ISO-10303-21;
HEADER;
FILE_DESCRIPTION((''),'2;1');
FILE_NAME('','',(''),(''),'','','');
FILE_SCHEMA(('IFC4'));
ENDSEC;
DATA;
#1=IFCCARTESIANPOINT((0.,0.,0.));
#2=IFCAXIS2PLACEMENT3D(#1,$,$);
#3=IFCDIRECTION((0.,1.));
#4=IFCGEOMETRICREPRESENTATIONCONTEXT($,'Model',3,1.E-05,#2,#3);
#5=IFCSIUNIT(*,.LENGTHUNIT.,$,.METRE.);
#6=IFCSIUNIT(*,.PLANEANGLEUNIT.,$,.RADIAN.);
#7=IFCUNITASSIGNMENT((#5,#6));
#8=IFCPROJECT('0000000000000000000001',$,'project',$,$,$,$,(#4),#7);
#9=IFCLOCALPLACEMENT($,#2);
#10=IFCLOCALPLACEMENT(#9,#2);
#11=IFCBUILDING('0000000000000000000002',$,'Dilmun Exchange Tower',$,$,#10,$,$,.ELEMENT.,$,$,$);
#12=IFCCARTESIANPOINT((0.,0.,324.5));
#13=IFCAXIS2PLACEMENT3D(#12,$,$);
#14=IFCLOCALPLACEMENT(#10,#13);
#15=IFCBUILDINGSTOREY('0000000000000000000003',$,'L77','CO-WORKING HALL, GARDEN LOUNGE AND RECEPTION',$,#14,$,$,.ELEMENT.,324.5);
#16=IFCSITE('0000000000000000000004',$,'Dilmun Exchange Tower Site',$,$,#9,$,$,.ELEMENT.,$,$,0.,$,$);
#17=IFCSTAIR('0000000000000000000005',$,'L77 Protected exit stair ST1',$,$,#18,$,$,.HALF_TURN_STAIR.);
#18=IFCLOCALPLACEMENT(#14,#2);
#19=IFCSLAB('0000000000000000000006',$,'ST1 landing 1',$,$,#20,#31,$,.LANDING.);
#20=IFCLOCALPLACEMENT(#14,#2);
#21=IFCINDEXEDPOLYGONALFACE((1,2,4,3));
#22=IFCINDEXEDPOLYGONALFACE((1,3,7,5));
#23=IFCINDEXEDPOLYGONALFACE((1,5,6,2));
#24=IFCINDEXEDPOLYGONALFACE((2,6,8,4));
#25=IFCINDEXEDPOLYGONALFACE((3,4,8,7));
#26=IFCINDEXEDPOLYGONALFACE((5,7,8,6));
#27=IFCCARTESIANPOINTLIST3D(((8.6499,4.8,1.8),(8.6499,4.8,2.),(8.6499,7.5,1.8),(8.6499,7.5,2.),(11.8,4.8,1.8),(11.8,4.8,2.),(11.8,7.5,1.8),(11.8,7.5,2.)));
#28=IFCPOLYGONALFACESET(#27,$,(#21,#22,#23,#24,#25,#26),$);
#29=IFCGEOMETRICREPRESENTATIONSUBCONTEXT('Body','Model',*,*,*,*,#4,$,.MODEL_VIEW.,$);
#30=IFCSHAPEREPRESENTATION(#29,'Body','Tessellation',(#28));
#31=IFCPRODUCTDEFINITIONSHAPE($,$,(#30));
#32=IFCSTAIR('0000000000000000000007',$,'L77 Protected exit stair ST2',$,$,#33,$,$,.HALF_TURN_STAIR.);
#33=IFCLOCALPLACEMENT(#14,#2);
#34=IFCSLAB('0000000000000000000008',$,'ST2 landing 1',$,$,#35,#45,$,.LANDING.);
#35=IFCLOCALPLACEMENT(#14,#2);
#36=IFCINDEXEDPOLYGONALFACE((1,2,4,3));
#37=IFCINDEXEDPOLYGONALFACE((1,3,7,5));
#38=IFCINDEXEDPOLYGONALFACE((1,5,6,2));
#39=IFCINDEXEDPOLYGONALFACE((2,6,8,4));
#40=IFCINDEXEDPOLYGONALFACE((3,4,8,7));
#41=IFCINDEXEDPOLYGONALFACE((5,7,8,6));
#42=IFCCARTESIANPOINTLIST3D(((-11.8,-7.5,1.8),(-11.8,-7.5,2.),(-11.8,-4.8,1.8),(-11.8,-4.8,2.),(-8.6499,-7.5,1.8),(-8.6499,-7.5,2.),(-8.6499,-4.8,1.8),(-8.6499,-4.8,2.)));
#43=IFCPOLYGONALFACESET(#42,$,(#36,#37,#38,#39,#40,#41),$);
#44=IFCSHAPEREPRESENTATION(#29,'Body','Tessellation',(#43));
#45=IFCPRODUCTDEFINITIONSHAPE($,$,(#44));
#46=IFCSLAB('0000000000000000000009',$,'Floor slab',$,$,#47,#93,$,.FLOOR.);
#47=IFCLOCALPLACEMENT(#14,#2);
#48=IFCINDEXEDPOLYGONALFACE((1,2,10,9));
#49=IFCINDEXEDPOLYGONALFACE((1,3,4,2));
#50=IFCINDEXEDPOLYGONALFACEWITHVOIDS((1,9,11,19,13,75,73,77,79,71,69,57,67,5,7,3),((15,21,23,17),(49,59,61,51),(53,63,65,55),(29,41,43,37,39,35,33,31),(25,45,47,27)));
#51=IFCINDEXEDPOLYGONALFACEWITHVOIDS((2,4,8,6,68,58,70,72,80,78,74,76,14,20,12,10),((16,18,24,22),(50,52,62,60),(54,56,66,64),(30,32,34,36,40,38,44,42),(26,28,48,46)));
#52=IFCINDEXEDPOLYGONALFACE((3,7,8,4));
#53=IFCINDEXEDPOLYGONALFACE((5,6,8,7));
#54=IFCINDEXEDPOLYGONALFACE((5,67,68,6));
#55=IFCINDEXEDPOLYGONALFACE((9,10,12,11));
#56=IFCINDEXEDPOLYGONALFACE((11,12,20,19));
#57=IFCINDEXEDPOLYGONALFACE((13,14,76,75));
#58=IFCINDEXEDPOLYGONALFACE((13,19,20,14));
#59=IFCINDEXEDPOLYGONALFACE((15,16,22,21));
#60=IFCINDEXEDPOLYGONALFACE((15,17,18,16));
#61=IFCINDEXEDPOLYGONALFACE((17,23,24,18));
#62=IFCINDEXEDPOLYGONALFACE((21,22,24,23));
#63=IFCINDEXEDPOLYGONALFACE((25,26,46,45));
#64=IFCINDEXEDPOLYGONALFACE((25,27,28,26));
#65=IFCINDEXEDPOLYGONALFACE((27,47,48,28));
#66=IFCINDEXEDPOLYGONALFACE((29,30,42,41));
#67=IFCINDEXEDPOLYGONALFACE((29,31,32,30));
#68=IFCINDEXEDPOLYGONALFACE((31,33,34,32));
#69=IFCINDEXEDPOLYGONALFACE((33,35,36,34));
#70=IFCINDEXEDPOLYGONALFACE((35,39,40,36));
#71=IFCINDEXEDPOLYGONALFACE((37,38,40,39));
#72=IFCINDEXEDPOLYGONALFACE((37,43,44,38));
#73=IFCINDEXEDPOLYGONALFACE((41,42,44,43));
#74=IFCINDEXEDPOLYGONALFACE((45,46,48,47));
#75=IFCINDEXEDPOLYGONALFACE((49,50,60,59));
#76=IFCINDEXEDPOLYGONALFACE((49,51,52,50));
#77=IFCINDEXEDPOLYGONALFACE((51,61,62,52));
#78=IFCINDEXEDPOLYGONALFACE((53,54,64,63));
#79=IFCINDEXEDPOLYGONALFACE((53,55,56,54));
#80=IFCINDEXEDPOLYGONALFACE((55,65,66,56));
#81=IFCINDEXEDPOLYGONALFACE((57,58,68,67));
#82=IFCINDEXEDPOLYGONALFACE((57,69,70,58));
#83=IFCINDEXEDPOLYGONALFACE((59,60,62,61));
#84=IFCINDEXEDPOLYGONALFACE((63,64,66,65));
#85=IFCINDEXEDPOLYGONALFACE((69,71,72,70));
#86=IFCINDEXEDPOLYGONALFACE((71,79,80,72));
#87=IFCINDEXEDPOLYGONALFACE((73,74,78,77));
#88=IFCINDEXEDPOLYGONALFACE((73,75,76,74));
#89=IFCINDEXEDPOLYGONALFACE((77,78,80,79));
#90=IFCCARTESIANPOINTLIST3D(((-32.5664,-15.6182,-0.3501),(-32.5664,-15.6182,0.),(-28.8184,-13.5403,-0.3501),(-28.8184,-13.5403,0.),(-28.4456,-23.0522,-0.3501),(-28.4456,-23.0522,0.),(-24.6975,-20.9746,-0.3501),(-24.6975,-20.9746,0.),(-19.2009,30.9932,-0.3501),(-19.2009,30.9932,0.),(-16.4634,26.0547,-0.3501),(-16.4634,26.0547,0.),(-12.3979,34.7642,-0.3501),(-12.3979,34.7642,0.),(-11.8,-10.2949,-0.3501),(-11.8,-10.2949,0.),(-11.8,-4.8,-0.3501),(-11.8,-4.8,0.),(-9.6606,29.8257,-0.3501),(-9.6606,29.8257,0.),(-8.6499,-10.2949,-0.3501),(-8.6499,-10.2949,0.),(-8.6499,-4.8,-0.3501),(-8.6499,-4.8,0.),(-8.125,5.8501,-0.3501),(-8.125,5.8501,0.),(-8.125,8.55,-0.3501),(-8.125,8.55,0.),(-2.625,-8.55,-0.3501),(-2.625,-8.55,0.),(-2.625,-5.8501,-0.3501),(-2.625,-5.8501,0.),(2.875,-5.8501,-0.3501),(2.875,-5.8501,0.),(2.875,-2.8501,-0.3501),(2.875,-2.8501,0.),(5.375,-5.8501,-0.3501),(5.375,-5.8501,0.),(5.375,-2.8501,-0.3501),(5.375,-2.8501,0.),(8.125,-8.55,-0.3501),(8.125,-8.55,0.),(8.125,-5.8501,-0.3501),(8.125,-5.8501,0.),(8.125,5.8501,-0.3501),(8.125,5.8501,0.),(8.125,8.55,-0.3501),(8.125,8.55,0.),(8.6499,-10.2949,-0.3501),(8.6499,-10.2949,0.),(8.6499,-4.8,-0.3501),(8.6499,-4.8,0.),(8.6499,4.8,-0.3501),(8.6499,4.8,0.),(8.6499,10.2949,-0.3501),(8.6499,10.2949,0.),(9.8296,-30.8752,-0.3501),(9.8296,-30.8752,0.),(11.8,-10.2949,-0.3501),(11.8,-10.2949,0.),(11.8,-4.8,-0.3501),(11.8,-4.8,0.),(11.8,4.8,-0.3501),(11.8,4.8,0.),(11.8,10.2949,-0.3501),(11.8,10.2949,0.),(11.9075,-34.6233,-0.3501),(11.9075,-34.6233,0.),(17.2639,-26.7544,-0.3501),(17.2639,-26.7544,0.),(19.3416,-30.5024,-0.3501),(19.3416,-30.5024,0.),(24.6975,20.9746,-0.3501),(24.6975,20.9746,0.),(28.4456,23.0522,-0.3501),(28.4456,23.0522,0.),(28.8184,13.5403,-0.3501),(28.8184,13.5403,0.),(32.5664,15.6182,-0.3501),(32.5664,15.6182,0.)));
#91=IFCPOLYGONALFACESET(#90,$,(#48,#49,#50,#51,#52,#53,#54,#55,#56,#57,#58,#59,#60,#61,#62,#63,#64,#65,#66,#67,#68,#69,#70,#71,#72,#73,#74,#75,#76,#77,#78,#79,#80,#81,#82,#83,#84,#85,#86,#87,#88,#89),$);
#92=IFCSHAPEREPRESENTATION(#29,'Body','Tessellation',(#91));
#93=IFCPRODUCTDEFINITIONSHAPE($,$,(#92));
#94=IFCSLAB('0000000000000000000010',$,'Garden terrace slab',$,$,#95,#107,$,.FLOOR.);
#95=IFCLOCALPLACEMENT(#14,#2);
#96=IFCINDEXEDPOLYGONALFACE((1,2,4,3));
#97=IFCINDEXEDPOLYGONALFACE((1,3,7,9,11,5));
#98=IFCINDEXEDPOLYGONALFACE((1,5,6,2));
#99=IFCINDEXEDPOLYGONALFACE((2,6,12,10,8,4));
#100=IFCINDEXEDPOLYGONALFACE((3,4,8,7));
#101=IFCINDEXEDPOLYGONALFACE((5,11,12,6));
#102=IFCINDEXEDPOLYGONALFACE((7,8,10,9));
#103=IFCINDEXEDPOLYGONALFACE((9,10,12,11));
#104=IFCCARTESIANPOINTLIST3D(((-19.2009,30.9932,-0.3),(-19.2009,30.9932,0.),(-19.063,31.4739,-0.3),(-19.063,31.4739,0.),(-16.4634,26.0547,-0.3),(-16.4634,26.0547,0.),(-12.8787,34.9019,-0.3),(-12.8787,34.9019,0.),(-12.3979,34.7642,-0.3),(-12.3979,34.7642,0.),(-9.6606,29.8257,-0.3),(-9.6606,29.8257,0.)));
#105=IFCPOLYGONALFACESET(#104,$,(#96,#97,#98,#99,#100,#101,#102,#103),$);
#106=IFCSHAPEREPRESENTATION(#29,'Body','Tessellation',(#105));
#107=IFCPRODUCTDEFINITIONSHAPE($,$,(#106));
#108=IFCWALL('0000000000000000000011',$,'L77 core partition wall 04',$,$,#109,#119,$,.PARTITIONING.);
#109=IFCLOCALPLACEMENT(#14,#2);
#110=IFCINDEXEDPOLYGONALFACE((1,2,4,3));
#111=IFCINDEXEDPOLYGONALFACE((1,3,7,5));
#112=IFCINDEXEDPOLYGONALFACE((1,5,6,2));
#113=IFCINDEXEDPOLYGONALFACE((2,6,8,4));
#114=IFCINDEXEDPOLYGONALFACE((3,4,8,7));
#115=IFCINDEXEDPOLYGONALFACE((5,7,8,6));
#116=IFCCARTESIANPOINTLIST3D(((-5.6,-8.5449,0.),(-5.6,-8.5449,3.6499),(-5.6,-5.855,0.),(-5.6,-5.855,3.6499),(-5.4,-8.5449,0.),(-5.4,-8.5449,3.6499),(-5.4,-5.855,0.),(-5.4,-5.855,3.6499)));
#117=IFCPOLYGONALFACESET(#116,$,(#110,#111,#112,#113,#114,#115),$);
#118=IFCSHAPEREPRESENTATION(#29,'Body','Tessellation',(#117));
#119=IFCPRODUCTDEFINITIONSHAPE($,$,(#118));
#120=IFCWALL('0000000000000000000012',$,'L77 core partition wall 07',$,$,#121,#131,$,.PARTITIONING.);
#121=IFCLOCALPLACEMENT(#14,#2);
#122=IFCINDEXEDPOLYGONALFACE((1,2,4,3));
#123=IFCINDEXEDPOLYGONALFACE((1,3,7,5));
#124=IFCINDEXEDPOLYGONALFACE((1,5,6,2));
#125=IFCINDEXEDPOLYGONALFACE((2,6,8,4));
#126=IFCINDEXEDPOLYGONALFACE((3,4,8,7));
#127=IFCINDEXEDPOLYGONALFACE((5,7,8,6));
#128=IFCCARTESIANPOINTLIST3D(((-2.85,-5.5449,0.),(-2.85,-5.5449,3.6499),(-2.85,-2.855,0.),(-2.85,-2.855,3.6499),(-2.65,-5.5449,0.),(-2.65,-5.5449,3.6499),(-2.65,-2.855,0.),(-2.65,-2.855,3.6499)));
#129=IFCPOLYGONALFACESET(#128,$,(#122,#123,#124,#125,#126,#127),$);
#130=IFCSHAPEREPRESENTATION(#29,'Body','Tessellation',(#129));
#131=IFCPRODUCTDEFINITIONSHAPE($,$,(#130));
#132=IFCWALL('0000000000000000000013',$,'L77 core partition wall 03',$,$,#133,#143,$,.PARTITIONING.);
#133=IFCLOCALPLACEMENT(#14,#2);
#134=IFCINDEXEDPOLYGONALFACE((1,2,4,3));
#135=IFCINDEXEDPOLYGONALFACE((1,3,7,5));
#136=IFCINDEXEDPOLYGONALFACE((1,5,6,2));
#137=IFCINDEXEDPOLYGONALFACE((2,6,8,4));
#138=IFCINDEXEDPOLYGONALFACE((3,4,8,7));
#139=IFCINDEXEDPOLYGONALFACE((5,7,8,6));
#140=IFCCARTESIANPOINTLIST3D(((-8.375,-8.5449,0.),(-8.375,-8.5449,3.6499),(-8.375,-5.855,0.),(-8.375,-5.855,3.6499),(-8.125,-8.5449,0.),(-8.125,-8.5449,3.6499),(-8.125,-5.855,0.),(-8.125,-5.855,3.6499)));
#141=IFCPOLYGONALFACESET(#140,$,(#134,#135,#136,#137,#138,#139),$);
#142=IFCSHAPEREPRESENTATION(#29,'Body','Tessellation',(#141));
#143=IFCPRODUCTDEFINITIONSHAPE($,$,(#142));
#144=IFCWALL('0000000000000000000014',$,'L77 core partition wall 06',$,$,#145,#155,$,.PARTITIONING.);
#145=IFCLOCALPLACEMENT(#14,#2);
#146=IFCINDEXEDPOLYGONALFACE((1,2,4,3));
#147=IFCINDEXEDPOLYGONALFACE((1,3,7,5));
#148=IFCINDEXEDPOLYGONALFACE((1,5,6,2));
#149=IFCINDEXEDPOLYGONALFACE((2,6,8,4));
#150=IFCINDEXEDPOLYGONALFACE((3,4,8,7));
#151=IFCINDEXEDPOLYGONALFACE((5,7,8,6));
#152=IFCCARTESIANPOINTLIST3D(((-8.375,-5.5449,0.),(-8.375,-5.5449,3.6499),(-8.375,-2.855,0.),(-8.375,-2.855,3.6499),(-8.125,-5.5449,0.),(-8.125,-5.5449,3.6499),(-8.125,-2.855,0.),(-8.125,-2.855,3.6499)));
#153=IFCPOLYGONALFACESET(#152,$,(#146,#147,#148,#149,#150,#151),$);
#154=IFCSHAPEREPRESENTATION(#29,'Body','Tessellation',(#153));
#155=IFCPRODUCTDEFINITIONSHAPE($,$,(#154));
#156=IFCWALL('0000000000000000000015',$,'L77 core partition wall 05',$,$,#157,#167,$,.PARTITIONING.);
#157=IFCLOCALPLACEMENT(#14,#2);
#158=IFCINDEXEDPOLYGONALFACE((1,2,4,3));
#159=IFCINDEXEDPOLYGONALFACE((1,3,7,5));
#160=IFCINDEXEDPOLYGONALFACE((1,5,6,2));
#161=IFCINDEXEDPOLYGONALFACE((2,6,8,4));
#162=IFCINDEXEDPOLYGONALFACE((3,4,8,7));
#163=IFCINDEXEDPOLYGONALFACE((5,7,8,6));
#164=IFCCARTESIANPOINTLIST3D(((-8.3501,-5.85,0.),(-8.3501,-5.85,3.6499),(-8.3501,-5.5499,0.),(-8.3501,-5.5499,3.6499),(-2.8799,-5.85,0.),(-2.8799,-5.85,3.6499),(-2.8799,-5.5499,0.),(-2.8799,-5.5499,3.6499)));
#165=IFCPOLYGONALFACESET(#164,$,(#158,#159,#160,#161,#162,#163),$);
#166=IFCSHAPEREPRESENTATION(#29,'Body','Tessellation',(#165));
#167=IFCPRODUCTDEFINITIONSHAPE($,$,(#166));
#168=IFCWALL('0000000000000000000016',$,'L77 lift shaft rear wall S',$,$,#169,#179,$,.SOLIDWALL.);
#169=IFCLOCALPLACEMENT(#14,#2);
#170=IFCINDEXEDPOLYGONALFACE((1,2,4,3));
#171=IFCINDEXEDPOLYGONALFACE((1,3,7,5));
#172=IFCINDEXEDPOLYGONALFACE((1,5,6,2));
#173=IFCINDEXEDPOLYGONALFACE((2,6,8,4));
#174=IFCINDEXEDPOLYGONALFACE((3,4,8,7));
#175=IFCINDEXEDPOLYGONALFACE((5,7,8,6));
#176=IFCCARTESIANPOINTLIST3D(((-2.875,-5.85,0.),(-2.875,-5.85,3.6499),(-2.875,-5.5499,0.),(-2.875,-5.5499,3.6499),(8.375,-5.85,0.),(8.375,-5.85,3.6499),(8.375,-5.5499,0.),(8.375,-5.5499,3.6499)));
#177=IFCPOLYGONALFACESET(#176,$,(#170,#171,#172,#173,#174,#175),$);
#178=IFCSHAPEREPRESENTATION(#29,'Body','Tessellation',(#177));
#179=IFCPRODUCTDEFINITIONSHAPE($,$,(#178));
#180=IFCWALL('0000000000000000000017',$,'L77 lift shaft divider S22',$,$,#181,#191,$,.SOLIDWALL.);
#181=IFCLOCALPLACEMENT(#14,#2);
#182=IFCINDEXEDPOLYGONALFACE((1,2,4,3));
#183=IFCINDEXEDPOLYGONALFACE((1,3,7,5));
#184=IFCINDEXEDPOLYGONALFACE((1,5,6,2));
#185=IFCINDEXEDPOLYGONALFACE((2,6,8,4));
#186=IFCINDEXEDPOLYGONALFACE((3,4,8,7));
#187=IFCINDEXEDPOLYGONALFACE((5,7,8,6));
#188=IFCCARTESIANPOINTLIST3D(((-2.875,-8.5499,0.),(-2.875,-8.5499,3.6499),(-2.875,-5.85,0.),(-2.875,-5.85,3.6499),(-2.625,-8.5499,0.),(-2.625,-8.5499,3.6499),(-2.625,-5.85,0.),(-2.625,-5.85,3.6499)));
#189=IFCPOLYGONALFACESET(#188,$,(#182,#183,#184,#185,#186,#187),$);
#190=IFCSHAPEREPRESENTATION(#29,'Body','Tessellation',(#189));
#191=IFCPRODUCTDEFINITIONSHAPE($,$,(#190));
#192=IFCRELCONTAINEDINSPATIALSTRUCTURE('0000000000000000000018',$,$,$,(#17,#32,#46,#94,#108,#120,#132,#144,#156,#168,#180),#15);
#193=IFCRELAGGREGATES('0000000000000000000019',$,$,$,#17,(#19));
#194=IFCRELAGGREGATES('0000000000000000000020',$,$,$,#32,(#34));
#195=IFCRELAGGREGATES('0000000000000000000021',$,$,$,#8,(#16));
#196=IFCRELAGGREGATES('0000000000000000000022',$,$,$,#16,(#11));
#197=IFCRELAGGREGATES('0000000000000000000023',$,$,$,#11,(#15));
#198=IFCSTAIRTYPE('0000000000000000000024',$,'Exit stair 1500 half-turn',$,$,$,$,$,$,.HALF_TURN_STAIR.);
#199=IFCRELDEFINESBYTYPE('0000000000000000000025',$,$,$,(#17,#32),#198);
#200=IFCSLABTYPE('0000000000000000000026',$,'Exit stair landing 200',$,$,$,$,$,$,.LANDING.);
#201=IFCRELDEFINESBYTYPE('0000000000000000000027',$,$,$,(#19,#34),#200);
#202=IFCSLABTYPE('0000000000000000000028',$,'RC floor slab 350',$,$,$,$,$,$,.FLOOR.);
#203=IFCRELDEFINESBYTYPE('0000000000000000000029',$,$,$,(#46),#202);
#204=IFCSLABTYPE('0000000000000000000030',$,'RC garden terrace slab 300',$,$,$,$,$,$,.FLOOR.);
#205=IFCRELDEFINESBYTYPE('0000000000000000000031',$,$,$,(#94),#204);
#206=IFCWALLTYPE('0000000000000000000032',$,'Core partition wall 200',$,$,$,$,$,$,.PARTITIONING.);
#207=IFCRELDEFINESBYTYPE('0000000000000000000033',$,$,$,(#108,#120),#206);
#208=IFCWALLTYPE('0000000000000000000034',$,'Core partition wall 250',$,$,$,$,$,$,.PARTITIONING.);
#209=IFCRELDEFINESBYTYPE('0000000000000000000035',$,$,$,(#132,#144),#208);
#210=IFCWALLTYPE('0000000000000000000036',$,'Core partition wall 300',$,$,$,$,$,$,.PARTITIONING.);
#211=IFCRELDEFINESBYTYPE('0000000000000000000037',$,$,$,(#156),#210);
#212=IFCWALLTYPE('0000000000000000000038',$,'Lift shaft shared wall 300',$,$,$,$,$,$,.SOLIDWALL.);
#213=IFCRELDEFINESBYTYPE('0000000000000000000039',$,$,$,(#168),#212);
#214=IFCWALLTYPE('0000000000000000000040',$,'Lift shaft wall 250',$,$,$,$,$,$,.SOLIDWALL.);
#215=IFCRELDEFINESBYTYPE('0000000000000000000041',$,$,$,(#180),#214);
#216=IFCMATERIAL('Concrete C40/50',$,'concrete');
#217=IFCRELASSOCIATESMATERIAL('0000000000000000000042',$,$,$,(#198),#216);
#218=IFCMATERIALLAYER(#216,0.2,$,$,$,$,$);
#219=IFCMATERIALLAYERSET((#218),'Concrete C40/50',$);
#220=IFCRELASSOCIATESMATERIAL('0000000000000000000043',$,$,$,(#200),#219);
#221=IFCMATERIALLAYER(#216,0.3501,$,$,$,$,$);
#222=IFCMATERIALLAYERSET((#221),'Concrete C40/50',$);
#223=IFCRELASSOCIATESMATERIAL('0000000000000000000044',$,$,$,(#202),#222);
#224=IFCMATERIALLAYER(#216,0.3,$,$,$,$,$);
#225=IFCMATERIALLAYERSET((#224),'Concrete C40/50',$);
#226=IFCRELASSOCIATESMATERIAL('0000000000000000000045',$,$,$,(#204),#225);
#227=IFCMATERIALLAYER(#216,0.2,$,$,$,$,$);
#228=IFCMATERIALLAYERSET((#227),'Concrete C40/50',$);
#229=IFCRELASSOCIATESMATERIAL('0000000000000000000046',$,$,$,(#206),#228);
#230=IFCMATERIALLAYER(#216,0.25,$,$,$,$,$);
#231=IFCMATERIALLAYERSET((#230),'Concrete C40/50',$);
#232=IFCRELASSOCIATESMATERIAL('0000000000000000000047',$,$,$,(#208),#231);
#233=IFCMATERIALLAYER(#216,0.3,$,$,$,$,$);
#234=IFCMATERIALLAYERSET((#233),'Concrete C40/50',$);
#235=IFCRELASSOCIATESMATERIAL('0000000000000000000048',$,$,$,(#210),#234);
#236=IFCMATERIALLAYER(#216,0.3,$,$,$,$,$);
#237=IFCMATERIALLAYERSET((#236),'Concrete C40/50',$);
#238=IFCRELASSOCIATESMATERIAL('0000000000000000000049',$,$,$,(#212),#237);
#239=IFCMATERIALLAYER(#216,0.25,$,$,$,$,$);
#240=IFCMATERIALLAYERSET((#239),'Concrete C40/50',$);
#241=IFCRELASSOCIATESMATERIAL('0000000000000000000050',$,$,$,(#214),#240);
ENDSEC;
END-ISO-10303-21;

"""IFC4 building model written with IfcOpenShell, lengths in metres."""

from ifc_helpers import new_model, si_unit, direction, frame, frame_2d, origin, place, context, subcontext, project, spatial, polyline, rectangle, outline, extrude, material, layer, layer_set, type_object, element, aggregate, save


model = new_model("IFC4")

# Units and contexts
model_context = context("Model", 3, precision=1e-05, world=origin(), true_north=direction((0.0, 1.0)))
body_context = subcontext(model_context, "Body", "Model", "MODEL_VIEW")
ifc_project = project(units=[si_unit("LENGTHUNIT", "METRE"), si_unit("PLANEANGLEUNIT", "RADIAN")], contexts=[model_context])

# Site, building, storey
site_placement = place(None, origin())
site = spatial("IfcSite", under=ifc_project, at=site_placement, Name="Dilmun Exchange Tower Site", CompositionType="ELEMENT", RefElevation=0.0)
building_placement = place(site_placement, origin())
building = spatial("IfcBuilding", under=site, at=building_placement, Name="Dilmun Exchange Tower", CompositionType="ELEMENT")
storey_placement = place(building_placement, frame((0.0, 0.0, 324.5)))
storey = spatial("IfcBuildingStorey", under=building, at=storey_placement, Name="L77", Description="CO-WORKING HALL, GARDEN LOUNGE AND RECEPTION", CompositionType="ELEMENT", Elevation=324.5)

# Stairs, slabs
ifc_material_1 = material(Name="Concrete C40/50", Category="concrete")
stair_type = type_object("IfcStairType", Name="Exit stair 1500 half-turn", PredefinedType="HALF_TURN_STAIR", material=ifc_material_1)
stair_1_placement = place(storey_placement, origin())
stair_1 = element("IfcStair", 1, at=stair_1_placement, inside=storey, type_object=stair_type, Name="L77 Protected exit stair ST1", PredefinedType="HALF_TURN_STAIR")
ifc_layer_1 = layer(ifc_material_1, 0.2)
ifc_layer_set_1 = layer_set([ifc_layer_1], Name="Concrete C40/50")
slab_type_1 = type_object("IfcSlabType", Name="Exit stair landing 200", PredefinedType="LANDING", material=ifc_layer_set_1)
slab_1_placement = place(storey_placement, frame((0.0, 0.0, 1.8)))
slab_1 = element("IfcSlab", 2, at=slab_1_placement, type_object=slab_type_1, Name="ST1 landing 1", PredefinedType="LANDING", context=body_context, shape_type="SweptSolid", body=[
    extrude(outline(polyline([(8.6499, 7.5), (8.6499, 4.8), (11.8, 4.8), (11.8, 7.5), (8.6499, 7.5)])), origin(), (0.0, 0.0, 1.0), 0.2),
])
aggregate(stair_1, [slab_1])
stair_2_placement = place(storey_placement, origin())
stair_2 = element("IfcStair", 3, at=stair_2_placement, inside=storey, type_object=stair_type, Name="L77 Protected exit stair ST2", PredefinedType="HALF_TURN_STAIR")
slab_2_placement = place(storey_placement, frame((0.0, 0.0, 1.8)))
slab_2 = element("IfcSlab", 4, at=slab_2_placement, type_object=slab_type_1, Name="ST2 landing 1", PredefinedType="LANDING", context=body_context, shape_type="SweptSolid", body=[
    extrude(outline(polyline([(-8.6499, -7.5), (-8.6499, -4.8), (-11.8, -4.8), (-11.8, -7.5), (-8.6499, -7.5)])), origin(), (0.0, 0.0, 1.0), 0.2),
])
aggregate(stair_2, [slab_2])

# Slabs
ifc_layer_2 = layer(ifc_material_1, 0.3501)
ifc_layer_set_2 = layer_set([ifc_layer_2], Name="Concrete C40/50")
slab_type_2 = type_object("IfcSlabType", Name="RC floor slab 350", PredefinedType="FLOOR", material=ifc_layer_set_2)
slab_3_placement = place(storey_placement, frame((0.0, 0.0, -0.3501)))
element("IfcSlab", 5, at=slab_3_placement, inside=storey, type_object=slab_type_2, Name="Floor slab", PredefinedType="FLOOR", context=body_context, shape_type="SweptSolid", body=[
    extrude(outline(polyline([(24.6975, 20.9746), (28.8184, 13.5403), (32.5664, 15.6182), (19.3416, -30.5024), (17.2639, -26.7544), (9.8296, -30.8752), (11.9075, -34.6233), (-28.4456, -23.0522), (-24.6975, -20.9746), (-28.8184, -13.5403), (-32.5664, -15.6182), (-19.2009, 30.9932), (-16.4634, 26.0547), (-9.6606, 29.8257), (-12.3979, 34.7642), (28.4456, 23.0522), (24.6975, 20.9746)]), holes=[polyline([(-8.6499, -4.8), (-11.8, -4.8), (-11.8, -10.2949), (-8.6499, -10.2949), (-8.6499, -4.8)]), polyline([(11.8, -4.8), (8.6499, -4.8), (8.6499, -10.2949), (11.8, -10.2949), (11.8, -4.8)]), polyline([(2.875, -5.8501), (-2.625, -5.8501), (-2.625, -8.55), (8.125, -8.55), (8.125, -5.8501), (5.375, -5.8501), (5.375, -2.8501), (2.875, -2.8501), (2.875, -5.8501)]), polyline([(8.125, 5.8501), (8.125, 8.55), (-8.125, 8.55), (-8.125, 5.8501), (8.125, 5.8501)]), polyline([(8.6499, 10.2949), (8.6499, 4.8), (11.8, 4.8), (11.8, 10.2949), (8.6499, 10.2949)])]), origin(), (0.0, 0.0, 1.0), 0.3501),
])
ifc_layer_3 = layer(ifc_material_1, 0.3)
ifc_layer_set_3 = layer_set([ifc_layer_3], Name="Concrete C40/50")
slab_type_3 = type_object("IfcSlabType", Name="RC garden terrace slab 300", PredefinedType="FLOOR", material=ifc_layer_set_3)
slab_4_placement = place(storey_placement, frame((0.0, 0.0, -0.3)))
element("IfcSlab", 6, at=slab_4_placement, inside=storey, type_object=slab_type_3, Name="Garden terrace slab", PredefinedType="FLOOR", context=body_context, shape_type="SweptSolid", body=[
    extrude(outline(polyline([(-16.4634, 26.0547), (-19.2009, 30.9932), (-19.063, 31.4739), (-12.8787, 34.9019), (-12.3979, 34.7642), (-9.6606, 29.8257), (-16.4634, 26.0547)])), origin(), (0.0, 0.0, 1.0), 0.3),
])

# Walls
ifc_layer_4 = layer(ifc_material_1, 0.2)
ifc_layer_set_4 = layer_set([ifc_layer_4], Name="Concrete C40/50")
wall_type_1 = type_object("IfcWallType", Name="Core partition wall 200", PredefinedType="PARTITIONING", material=ifc_layer_set_4)
for number, where, z_axis, x_axis, name in (
    (7, (-5.5, -8.5449, 0.0), (0.0, 0.0, 1.0), (0.0, 1.0, 0.0), "L77 core partition wall 04"),
    (8, (-2.75, -5.5449, 0.0), (0.0, 0.0, 1.0), (0.0, 1.0, 0.0), "L77 core partition wall 07"),
):
    element("IfcWall", number, at=place(storey_placement, frame(where, z_axis=z_axis, x_axis=x_axis)), inside=storey, type_object=wall_type_1, Name=name, PredefinedType="PARTITIONING", context=body_context, shape_type="SweptSolid", body=[
        extrude(rectangle(XDim=2.6899, YDim=0.2, at=frame_2d((1.345, 0.0))), origin(), (0.0, 0.0, 1.0), 3.6499),
    ])
ifc_layer_5 = layer(ifc_material_1, 0.25)
ifc_layer_set_5 = layer_set([ifc_layer_5], Name="Concrete C40/50")
wall_type_2 = type_object("IfcWallType", Name="Core partition wall 250", PredefinedType="PARTITIONING", material=ifc_layer_set_5)
for number, where, z_axis, x_axis, name in (
    (9, (-8.25, -8.5449, 0.0), (0.0, 0.0, 1.0), (0.0, 1.0, 0.0), "L77 core partition wall 03"),
    (10, (-8.25, -5.5449, 0.0), (0.0, 0.0, 1.0), (0.0, 1.0, 0.0), "L77 core partition wall 06"),
):
    element("IfcWall", number, at=place(storey_placement, frame(where, z_axis=z_axis, x_axis=x_axis)), inside=storey, type_object=wall_type_2, Name=name, PredefinedType="PARTITIONING", context=body_context, shape_type="SweptSolid", body=[
        extrude(rectangle(XDim=2.6899, YDim=0.25, at=frame_2d((1.345, 0.0))), origin(), (0.0, 0.0, 1.0), 3.6499),
    ])
ifc_layer_6 = layer(ifc_material_1, 0.3)
ifc_layer_set_6 = layer_set([ifc_layer_6], Name="Concrete C40/50")
wall_type_3 = type_object("IfcWallType", Name="Core partition wall 300", PredefinedType="PARTITIONING", material=ifc_layer_set_6)
wall_1_placement = place(storey_placement, frame((-8.3501, -5.7, 0.0), z_axis=(0.0, 0.0, 1.0), x_axis=(1.0, 0.0, 0.0)))
element("IfcWall", 11, at=wall_1_placement, inside=storey, type_object=wall_type_3, Name="L77 core partition wall 05", PredefinedType="PARTITIONING", context=body_context, shape_type="SweptSolid", body=[
    extrude(rectangle(XDim=5.4702, YDim=0.3, at=frame_2d((2.7351, 0.0))), origin(), (0.0, 0.0, 1.0), 3.6499),
])
ifc_layer_7 = layer(ifc_material_1, 0.3)
ifc_layer_set_7 = layer_set([ifc_layer_7], Name="Concrete C40/50")
wall_type_4 = type_object("IfcWallType", Name="Lift shaft shared wall 300", PredefinedType="SOLIDWALL", material=ifc_layer_set_7)
wall_2_placement = place(storey_placement, frame((-2.875, -5.7, 0.0), z_axis=(0.0, 0.0, 1.0), x_axis=(1.0, 0.0, 0.0)))
element("IfcWall", 12, at=wall_2_placement, inside=storey, type_object=wall_type_4, Name="L77 lift shaft rear wall S", PredefinedType="SOLIDWALL", context=body_context, shape_type="SweptSolid", body=[
    extrude(rectangle(XDim=11.25, YDim=0.3, at=frame_2d((5.625, 0.0))), origin(), (0.0, 0.0, 1.0), 3.6499),
])
ifc_layer_8 = layer(ifc_material_1, 0.25)
ifc_layer_set_8 = layer_set([ifc_layer_8], Name="Concrete C40/50")
wall_type_5 = type_object("IfcWallType", Name="Lift shaft wall 250", PredefinedType="SOLIDWALL", material=ifc_layer_set_8)
for number, where, z_axis, x_axis, name in (
    (13, (-2.75, -8.55, 0.0), (0.0, 0.0, 1.0), (0.0, 1.0, 0.0), "L77 lift shaft divider S22"),
):
    element("IfcWall", number, at=place(storey_placement, frame(where, z_axis=z_axis, x_axis=x_axis)), inside=storey, type_object=wall_type_5, Name=name, PredefinedType="SOLIDWALL", context=body_context, shape_type="SweptSolid", body=[
        extrude(rectangle(XDim=2.7, YDim=0.25, at=frame_2d((1.3501, 0.0))), origin(), (0.0, 0.0, 1.0), 3.6499),
    ])

save(model, "model.ifc")
